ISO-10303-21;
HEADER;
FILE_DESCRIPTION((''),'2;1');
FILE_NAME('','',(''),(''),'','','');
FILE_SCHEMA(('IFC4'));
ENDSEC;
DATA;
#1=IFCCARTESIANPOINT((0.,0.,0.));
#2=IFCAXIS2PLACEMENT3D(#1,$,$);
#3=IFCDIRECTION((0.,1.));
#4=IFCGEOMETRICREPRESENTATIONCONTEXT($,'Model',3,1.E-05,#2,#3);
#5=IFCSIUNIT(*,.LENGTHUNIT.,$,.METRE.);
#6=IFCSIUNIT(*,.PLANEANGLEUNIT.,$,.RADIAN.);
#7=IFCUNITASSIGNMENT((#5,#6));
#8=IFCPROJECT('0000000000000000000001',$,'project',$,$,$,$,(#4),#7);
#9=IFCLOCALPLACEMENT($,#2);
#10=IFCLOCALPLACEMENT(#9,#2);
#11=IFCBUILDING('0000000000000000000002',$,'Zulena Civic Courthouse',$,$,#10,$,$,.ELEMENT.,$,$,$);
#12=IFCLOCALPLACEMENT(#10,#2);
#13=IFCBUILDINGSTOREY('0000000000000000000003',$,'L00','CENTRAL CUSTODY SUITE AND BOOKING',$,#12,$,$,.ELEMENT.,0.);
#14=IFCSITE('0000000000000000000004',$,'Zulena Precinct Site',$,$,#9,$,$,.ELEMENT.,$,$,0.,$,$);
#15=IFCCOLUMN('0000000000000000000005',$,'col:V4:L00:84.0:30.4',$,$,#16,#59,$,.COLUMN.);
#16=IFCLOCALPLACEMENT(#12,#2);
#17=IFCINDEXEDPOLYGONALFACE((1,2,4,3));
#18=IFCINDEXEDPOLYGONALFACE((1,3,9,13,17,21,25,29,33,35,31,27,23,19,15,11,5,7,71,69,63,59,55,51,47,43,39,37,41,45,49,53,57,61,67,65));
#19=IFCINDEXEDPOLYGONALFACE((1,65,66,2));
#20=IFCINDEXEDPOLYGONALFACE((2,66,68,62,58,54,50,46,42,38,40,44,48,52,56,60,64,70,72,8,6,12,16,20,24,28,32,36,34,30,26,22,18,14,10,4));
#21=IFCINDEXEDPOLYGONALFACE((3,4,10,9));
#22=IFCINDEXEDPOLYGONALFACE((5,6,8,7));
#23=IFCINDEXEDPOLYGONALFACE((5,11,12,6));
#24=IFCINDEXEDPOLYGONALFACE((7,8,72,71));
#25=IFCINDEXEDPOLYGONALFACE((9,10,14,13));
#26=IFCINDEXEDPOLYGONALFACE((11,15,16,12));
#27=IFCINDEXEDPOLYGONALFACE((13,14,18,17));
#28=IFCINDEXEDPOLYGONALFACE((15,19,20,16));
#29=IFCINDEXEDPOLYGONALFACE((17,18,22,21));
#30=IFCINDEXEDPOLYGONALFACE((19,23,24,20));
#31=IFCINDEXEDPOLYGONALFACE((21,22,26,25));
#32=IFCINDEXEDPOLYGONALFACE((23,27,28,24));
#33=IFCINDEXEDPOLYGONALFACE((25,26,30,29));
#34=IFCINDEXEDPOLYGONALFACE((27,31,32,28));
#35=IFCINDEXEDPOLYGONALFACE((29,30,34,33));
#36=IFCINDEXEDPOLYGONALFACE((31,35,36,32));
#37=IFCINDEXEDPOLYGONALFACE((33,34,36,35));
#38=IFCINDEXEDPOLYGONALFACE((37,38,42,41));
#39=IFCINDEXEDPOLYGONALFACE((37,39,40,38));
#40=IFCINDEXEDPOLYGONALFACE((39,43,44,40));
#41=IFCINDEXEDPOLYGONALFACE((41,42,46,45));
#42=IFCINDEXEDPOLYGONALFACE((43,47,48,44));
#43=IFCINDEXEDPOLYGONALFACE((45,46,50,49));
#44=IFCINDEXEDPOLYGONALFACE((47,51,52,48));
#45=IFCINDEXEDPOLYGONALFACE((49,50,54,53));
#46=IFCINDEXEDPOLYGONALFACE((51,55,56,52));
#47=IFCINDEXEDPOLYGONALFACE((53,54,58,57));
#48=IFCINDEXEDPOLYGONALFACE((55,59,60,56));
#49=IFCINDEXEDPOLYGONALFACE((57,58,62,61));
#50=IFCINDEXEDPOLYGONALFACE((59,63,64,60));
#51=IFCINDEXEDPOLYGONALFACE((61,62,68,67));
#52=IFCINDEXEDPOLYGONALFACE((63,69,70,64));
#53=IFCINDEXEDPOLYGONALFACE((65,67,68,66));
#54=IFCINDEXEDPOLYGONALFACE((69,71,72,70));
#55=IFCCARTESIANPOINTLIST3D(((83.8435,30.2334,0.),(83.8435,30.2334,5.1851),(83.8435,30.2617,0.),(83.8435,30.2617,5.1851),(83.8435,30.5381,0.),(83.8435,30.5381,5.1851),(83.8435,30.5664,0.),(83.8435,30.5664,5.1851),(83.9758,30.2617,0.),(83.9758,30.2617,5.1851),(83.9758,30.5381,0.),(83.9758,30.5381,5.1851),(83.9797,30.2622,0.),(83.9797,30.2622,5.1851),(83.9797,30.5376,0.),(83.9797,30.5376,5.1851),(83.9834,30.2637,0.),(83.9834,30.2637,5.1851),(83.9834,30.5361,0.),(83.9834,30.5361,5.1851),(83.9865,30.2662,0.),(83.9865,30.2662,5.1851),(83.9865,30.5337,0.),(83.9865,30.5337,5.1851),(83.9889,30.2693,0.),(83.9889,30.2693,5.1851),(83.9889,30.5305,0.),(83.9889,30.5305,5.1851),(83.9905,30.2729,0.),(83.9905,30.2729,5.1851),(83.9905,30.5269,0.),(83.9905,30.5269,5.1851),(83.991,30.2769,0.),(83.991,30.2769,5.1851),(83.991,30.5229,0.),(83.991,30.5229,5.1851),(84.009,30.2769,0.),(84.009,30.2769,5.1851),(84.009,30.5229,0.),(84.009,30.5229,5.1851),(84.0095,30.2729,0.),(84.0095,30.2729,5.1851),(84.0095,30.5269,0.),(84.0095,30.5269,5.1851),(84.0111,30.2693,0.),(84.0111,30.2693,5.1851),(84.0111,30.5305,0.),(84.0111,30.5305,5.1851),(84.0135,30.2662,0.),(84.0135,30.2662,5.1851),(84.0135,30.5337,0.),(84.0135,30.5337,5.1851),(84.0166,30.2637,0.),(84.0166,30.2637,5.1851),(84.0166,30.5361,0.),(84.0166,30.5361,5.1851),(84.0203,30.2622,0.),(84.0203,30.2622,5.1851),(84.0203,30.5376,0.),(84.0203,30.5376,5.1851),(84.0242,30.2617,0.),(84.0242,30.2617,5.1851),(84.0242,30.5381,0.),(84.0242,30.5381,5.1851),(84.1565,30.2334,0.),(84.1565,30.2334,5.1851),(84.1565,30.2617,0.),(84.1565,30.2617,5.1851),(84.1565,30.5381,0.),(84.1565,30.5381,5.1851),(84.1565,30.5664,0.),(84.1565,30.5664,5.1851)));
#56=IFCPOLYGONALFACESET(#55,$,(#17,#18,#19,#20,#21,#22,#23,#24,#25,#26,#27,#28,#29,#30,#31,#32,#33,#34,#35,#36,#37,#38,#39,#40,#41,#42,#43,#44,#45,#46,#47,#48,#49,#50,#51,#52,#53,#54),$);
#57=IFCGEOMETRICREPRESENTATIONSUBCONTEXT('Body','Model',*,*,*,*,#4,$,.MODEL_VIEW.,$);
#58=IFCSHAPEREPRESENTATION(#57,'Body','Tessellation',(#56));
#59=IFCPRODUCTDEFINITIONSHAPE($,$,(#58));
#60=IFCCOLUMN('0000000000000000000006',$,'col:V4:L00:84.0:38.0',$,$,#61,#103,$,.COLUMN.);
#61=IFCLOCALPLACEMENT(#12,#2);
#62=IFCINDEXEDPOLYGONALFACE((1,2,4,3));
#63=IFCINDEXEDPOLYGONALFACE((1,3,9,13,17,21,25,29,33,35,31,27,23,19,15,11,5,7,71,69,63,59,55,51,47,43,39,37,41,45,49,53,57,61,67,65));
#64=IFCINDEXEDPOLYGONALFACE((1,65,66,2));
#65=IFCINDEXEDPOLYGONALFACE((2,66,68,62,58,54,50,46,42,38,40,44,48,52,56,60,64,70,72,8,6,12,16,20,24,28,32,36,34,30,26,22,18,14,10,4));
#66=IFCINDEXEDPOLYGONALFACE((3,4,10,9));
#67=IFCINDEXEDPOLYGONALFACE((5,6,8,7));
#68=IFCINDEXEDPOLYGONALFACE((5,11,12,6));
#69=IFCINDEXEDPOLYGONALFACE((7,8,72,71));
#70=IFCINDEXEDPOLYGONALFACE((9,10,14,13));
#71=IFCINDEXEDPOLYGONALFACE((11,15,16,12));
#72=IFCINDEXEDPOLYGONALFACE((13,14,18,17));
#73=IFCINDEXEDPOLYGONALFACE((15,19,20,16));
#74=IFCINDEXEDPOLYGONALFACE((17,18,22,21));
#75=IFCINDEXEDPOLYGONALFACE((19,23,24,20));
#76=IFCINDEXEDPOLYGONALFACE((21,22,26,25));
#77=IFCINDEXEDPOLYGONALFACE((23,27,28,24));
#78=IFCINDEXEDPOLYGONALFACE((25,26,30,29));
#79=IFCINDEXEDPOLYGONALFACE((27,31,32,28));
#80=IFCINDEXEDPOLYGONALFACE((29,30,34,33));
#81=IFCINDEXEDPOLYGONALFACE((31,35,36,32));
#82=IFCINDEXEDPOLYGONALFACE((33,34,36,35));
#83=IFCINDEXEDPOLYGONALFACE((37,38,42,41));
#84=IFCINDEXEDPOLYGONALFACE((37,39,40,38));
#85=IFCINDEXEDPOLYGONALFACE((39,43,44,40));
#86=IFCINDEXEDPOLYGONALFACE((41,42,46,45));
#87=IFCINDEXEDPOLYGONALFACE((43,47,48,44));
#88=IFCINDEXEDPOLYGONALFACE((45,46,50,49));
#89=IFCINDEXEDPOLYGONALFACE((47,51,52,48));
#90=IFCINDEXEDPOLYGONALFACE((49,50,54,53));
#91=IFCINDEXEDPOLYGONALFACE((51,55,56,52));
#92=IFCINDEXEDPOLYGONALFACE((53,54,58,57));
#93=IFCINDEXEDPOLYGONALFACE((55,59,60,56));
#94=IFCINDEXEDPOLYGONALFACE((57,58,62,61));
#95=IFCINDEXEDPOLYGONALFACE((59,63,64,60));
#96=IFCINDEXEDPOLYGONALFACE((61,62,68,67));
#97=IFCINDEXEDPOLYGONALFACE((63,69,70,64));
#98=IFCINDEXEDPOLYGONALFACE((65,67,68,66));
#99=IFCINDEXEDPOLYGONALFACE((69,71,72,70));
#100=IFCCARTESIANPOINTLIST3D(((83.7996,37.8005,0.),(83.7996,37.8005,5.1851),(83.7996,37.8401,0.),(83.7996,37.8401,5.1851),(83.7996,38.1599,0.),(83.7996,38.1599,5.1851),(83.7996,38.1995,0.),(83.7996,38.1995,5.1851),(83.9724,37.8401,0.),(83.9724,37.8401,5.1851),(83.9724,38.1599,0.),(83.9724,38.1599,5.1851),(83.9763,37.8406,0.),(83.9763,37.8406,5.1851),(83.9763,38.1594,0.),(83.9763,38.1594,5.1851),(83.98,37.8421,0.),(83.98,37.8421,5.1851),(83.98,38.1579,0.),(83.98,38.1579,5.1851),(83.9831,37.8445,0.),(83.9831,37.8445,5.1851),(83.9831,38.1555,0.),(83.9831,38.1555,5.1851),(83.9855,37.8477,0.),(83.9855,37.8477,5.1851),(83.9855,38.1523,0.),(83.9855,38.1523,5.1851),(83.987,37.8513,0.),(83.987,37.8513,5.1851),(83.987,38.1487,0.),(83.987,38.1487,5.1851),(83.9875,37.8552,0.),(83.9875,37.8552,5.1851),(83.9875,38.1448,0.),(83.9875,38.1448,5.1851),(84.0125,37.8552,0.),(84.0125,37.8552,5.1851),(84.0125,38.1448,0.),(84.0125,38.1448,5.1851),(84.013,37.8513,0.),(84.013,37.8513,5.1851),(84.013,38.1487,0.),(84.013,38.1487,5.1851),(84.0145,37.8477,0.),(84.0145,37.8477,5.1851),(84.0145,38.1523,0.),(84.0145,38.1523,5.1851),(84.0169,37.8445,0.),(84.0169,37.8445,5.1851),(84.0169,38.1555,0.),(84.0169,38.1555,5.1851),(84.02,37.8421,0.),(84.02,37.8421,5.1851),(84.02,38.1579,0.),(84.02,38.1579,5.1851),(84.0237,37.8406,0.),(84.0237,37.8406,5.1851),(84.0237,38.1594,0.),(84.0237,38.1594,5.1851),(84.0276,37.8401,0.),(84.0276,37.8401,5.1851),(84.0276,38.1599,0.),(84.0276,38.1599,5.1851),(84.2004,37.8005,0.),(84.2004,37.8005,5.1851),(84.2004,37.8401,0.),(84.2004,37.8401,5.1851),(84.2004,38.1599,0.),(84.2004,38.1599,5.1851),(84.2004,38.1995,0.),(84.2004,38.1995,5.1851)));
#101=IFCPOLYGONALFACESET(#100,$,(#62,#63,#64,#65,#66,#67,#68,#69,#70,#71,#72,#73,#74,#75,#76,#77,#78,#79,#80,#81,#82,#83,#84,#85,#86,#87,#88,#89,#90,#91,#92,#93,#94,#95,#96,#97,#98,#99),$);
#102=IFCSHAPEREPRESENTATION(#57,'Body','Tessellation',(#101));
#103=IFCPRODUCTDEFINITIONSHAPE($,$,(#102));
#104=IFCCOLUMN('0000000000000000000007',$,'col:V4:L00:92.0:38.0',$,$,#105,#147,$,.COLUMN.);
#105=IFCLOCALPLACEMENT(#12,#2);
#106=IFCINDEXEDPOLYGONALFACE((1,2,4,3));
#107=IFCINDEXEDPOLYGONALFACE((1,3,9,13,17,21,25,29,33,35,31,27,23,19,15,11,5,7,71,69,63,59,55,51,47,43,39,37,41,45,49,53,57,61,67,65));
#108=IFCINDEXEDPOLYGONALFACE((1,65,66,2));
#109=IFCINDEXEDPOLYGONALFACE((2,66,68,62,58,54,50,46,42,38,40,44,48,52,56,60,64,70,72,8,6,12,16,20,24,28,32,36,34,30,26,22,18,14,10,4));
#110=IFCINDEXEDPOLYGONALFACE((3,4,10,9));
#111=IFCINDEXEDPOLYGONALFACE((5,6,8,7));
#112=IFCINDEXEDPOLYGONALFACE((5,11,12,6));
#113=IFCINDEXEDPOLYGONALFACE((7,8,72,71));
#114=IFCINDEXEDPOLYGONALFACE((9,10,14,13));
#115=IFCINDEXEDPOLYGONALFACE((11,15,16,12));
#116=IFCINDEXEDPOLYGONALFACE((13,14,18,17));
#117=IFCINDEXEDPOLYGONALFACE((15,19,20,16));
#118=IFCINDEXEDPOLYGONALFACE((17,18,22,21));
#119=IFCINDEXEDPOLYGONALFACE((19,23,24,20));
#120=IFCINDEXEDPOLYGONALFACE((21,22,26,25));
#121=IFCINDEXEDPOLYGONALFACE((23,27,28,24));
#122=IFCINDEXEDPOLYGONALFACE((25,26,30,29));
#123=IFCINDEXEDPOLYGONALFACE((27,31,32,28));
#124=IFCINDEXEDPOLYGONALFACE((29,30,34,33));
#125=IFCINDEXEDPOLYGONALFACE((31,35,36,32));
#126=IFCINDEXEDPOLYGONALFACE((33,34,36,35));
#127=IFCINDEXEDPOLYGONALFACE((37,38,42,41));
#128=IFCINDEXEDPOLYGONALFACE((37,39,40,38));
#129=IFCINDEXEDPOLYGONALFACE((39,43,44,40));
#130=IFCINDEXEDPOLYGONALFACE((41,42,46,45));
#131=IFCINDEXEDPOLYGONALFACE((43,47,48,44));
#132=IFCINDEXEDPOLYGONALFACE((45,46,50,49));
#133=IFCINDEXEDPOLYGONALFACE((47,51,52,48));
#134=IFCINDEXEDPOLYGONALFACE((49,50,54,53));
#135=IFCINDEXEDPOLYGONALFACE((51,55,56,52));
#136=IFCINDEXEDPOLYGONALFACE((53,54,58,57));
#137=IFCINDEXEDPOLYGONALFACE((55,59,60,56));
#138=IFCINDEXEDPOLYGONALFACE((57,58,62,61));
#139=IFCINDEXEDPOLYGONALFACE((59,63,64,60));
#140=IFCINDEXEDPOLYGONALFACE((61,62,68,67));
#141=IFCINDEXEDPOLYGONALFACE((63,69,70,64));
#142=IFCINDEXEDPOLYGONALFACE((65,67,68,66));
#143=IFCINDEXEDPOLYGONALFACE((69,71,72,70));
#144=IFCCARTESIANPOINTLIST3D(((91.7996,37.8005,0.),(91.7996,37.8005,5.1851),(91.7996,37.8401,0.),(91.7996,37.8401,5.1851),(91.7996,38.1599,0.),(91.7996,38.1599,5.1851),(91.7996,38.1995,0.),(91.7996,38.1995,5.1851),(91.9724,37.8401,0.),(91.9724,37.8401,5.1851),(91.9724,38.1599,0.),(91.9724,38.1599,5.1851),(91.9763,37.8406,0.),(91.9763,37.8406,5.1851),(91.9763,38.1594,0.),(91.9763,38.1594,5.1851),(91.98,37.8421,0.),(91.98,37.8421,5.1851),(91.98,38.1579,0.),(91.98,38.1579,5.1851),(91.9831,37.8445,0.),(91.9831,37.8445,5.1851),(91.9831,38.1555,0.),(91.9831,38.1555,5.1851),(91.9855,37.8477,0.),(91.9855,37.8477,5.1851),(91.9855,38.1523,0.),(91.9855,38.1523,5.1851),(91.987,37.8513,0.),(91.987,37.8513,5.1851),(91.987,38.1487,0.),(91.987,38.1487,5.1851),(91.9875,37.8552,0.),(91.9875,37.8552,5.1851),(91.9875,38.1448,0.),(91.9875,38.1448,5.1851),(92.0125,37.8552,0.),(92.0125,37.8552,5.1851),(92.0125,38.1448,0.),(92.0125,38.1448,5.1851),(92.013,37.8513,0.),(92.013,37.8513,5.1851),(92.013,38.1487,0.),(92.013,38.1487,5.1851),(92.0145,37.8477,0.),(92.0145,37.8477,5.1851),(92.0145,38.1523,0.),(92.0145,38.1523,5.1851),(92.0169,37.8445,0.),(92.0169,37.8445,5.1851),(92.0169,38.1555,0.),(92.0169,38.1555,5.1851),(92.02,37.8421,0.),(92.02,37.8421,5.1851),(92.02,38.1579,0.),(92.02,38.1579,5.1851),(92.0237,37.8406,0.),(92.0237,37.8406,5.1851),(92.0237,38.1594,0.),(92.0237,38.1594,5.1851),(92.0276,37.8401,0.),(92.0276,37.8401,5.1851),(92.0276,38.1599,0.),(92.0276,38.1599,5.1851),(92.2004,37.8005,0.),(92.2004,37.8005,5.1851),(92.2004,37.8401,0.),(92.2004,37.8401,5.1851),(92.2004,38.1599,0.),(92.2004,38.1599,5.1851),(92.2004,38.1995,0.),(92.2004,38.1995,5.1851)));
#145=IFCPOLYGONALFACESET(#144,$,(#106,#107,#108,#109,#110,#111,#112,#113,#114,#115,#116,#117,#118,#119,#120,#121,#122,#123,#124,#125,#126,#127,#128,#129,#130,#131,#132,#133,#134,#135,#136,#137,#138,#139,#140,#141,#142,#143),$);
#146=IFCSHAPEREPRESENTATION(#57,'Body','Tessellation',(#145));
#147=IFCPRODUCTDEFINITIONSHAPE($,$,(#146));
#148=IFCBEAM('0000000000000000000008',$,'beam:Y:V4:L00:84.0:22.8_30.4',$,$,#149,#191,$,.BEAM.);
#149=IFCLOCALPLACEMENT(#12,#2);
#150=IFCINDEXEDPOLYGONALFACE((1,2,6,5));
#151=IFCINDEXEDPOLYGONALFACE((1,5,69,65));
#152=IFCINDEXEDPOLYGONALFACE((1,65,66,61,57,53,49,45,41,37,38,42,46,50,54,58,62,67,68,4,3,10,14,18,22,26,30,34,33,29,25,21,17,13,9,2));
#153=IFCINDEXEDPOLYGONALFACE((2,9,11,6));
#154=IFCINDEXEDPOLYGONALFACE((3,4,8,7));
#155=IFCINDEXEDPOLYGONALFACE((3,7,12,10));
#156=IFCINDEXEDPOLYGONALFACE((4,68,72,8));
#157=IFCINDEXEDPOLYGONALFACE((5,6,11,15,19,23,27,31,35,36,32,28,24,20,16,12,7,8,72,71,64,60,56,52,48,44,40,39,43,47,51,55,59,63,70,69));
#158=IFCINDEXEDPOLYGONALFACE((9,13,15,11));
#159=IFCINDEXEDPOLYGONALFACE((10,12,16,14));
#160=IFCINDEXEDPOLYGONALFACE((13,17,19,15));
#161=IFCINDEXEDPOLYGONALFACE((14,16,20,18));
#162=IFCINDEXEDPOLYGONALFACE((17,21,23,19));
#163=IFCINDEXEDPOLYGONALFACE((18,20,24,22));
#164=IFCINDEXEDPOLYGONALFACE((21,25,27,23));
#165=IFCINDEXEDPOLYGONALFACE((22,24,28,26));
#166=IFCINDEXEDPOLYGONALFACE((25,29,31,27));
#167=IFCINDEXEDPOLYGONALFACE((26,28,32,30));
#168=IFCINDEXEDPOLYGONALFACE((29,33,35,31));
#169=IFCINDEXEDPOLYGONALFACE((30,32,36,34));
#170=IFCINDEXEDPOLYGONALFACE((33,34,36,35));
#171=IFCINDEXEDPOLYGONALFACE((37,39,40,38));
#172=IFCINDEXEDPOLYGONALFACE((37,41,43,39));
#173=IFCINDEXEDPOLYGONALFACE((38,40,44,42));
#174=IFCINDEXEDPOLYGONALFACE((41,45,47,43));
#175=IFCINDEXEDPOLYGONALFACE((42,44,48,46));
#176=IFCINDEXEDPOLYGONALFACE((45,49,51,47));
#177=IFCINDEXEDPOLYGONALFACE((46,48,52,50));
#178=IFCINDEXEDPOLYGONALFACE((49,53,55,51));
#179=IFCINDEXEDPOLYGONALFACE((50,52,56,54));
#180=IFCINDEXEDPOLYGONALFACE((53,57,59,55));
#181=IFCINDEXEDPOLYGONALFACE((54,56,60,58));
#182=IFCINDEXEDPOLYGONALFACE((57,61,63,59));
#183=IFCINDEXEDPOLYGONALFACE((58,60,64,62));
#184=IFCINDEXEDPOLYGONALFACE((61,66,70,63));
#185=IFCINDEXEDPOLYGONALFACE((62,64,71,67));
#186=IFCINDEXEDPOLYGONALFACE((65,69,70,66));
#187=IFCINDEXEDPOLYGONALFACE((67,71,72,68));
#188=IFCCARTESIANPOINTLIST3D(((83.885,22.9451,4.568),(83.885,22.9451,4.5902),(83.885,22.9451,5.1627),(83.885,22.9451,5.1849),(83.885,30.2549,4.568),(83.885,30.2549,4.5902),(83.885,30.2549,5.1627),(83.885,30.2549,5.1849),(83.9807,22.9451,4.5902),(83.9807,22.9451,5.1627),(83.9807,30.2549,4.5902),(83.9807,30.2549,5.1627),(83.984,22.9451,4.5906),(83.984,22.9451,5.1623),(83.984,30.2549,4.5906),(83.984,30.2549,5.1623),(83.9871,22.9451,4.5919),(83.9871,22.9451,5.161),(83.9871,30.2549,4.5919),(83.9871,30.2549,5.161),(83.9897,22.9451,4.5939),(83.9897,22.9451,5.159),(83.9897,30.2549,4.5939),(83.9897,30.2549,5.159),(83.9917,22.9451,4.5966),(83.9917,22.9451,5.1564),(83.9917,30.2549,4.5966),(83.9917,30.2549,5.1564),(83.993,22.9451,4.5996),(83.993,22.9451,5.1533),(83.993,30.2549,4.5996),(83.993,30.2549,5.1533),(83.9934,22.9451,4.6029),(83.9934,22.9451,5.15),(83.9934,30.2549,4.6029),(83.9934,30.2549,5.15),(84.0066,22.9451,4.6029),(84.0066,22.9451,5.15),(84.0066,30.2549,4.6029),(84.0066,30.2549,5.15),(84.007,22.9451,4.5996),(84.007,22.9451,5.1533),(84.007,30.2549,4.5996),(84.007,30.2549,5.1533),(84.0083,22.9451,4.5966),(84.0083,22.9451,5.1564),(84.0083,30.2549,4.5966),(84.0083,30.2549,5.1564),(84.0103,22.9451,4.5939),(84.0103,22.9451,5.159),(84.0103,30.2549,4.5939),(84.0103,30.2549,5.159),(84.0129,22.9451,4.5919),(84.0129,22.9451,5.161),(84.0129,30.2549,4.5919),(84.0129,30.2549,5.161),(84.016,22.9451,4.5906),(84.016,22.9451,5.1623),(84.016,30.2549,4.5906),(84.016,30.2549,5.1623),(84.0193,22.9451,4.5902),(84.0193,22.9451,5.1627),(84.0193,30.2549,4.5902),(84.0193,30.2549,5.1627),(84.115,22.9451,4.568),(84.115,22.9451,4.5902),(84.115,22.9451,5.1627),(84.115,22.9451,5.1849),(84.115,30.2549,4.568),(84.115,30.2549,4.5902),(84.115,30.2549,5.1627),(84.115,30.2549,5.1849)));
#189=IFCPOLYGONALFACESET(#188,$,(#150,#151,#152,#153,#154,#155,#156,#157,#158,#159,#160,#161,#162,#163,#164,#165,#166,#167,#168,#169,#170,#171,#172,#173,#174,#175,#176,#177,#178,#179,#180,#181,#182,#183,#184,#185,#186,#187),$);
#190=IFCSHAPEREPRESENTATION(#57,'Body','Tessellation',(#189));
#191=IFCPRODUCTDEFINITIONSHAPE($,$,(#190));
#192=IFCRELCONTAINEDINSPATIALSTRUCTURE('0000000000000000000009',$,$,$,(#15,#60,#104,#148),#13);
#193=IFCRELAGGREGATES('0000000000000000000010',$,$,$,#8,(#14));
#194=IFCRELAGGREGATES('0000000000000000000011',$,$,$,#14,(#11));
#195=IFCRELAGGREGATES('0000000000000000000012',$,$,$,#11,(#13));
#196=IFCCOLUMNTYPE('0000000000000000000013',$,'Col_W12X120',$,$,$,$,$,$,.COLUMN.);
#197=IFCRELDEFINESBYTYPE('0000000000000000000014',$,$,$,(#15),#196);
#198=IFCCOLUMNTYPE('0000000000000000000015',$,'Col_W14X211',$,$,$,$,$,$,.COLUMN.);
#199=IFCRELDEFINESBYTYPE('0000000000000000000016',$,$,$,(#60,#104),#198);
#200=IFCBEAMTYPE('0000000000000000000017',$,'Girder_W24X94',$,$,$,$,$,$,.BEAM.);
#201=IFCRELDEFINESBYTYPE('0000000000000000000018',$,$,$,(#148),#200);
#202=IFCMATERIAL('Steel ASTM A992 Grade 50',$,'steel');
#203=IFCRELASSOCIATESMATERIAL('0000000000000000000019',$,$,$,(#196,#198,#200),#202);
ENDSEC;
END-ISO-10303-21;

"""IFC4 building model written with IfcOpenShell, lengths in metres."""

from ifc_helpers import new_model, si_unit, direction, frame, origin, origin_2d, place, context, subcontext, project, spatial, i_section, extrude, material, material_profile, profile_set, type_object, element, save


model = new_model("IFC4")

# Units and contexts
model_context = context("Model", 3, precision=1e-05, world=origin(), true_north=direction((0.0, 1.0)))
body_context = subcontext(model_context, "Body", "Model", "MODEL_VIEW")
ifc_project = project(units=[si_unit("LENGTHUNIT", "METRE"), si_unit("PLANEANGLEUNIT", "RADIAN")], contexts=[model_context])

# Site, building, storey
site_placement = place(None, origin())
site = spatial("IfcSite", under=ifc_project, at=site_placement, Name="Zulena Precinct Site", CompositionType="ELEMENT", RefElevation=0.0)
building_placement = place(site_placement, origin())
building = spatial("IfcBuilding", under=site, at=building_placement, Name="Zulena Civic Courthouse", CompositionType="ELEMENT")
storey_placement = place(building_placement, origin())
storey = spatial("IfcBuildingStorey", under=building, at=storey_placement, Name="L00", Description="CENTRAL CUSTODY SUITE AND BOOKING", CompositionType="ELEMENT", Elevation=0.0)

# Columns
ifc_material_1 = material(Name="Steel ASTM A992 Grade 50", Category="steel")
ifc_material_profile_1 = material_profile(ifc_material_1, i_section(OverallWidth=0.313, OverallDepth=0.333, WebThickness=0.0181, FlangeThickness=0.0283, FilletRadius=0.0151, at=origin_2d()), Name="W12X120")
ifc_profile_set_1 = profile_set([ifc_material_profile_1], Name="Steel ASTM A992 Grade 50")
column_type_1 = type_object("IfcColumnType", Name="Col_W12X120", PredefinedType="COLUMN", material=ifc_profile_set_1)
column_placement = place(storey_placement, frame((84.0, 30.3999, 0.0), z_axis=(0.0, 0.0, 1.0), x_axis=(1.0, 0.0, 0.0)))
element("IfcColumn", 1, at=column_placement, inside=storey, type_object=column_type_1, Name="col:V4:L00:84.0:30.4", PredefinedType="COLUMN", context=body_context, shape_type="SweptSolid", body=[
    extrude(i_section(OverallWidth=0.313, OverallDepth=0.333, WebThickness=0.0181, FlangeThickness=0.0283, FilletRadius=0.0151, at=origin_2d()), origin(), (0.0, 0.0, 1.0), 5.1851),
])
ifc_material_profile_2 = material_profile(ifc_material_1, i_section(OverallWidth=0.4009, OverallDepth=0.3989, WebThickness=0.0249, FlangeThickness=0.0396, FilletRadius=0.0151, at=origin_2d()), Name="W14X211")
ifc_profile_set_2 = profile_set([ifc_material_profile_2], Name="Steel ASTM A992 Grade 50")
column_type_2 = type_object("IfcColumnType", Name="Col_W14X211", PredefinedType="COLUMN", material=ifc_profile_set_2)
for number, where, z_axis, x_axis, name in (
    (2, (84.0, 38.0, 0.0), (0.0, 0.0, 1.0), (1.0, 0.0, 0.0), "col:V4:L00:84.0:38.0"),
    (3, (92.0, 38.0, 0.0), (0.0, 0.0, 1.0), (1.0, 0.0, 0.0), "col:V4:L00:92.0:38.0"),
):
    element("IfcColumn", number, at=place(storey_placement, frame(where, z_axis=z_axis, x_axis=x_axis)), inside=storey, type_object=column_type_2, Name=name, PredefinedType="COLUMN", context=body_context, shape_type="SweptSolid", body=[
        extrude(i_section(OverallWidth=0.4009, OverallDepth=0.3989, WebThickness=0.0249, FlangeThickness=0.0396, FilletRadius=0.0151, at=origin_2d()), origin(), (0.0, 0.0, 1.0), 5.1851),
    ])

# Beam
ifc_material_profile_3 = material_profile(ifc_material_1, i_section(OverallWidth=0.23, OverallDepth=0.6169, WebThickness=0.0132, FlangeThickness=0.0222, FilletRadius=0.0127, at=origin_2d()), Name="W24X94")
ifc_profile_set_3 = profile_set([ifc_material_profile_3], Name="Steel ASTM A992 Grade 50")
beam_type_1 = type_object("IfcBeamType", Name="Girder_W24X94", PredefinedType="BEAM", material=ifc_profile_set_3)
beam_1_placement = place(storey_placement, frame((84.0, 22.9451, 4.8765), z_axis=(0.0, 1.0, 0.0), x_axis=(-1.0, 0.0, 0.0)))
element("IfcBeam", 4, at=beam_1_placement, inside=storey, type_object=beam_type_1, Name="beam:Y:V4:L00:84.0:22.8_30.4", PredefinedType="BEAM", context=body_context, shape_type="SweptSolid", body=[
    extrude(i_section(OverallWidth=0.23, OverallDepth=0.6169, WebThickness=0.0132, FlangeThickness=0.0222, FilletRadius=0.0127, at=origin_2d()), origin(), (0.0, 0.0, 1.0), 7.3098),
])

save(model, "model.ifc")
